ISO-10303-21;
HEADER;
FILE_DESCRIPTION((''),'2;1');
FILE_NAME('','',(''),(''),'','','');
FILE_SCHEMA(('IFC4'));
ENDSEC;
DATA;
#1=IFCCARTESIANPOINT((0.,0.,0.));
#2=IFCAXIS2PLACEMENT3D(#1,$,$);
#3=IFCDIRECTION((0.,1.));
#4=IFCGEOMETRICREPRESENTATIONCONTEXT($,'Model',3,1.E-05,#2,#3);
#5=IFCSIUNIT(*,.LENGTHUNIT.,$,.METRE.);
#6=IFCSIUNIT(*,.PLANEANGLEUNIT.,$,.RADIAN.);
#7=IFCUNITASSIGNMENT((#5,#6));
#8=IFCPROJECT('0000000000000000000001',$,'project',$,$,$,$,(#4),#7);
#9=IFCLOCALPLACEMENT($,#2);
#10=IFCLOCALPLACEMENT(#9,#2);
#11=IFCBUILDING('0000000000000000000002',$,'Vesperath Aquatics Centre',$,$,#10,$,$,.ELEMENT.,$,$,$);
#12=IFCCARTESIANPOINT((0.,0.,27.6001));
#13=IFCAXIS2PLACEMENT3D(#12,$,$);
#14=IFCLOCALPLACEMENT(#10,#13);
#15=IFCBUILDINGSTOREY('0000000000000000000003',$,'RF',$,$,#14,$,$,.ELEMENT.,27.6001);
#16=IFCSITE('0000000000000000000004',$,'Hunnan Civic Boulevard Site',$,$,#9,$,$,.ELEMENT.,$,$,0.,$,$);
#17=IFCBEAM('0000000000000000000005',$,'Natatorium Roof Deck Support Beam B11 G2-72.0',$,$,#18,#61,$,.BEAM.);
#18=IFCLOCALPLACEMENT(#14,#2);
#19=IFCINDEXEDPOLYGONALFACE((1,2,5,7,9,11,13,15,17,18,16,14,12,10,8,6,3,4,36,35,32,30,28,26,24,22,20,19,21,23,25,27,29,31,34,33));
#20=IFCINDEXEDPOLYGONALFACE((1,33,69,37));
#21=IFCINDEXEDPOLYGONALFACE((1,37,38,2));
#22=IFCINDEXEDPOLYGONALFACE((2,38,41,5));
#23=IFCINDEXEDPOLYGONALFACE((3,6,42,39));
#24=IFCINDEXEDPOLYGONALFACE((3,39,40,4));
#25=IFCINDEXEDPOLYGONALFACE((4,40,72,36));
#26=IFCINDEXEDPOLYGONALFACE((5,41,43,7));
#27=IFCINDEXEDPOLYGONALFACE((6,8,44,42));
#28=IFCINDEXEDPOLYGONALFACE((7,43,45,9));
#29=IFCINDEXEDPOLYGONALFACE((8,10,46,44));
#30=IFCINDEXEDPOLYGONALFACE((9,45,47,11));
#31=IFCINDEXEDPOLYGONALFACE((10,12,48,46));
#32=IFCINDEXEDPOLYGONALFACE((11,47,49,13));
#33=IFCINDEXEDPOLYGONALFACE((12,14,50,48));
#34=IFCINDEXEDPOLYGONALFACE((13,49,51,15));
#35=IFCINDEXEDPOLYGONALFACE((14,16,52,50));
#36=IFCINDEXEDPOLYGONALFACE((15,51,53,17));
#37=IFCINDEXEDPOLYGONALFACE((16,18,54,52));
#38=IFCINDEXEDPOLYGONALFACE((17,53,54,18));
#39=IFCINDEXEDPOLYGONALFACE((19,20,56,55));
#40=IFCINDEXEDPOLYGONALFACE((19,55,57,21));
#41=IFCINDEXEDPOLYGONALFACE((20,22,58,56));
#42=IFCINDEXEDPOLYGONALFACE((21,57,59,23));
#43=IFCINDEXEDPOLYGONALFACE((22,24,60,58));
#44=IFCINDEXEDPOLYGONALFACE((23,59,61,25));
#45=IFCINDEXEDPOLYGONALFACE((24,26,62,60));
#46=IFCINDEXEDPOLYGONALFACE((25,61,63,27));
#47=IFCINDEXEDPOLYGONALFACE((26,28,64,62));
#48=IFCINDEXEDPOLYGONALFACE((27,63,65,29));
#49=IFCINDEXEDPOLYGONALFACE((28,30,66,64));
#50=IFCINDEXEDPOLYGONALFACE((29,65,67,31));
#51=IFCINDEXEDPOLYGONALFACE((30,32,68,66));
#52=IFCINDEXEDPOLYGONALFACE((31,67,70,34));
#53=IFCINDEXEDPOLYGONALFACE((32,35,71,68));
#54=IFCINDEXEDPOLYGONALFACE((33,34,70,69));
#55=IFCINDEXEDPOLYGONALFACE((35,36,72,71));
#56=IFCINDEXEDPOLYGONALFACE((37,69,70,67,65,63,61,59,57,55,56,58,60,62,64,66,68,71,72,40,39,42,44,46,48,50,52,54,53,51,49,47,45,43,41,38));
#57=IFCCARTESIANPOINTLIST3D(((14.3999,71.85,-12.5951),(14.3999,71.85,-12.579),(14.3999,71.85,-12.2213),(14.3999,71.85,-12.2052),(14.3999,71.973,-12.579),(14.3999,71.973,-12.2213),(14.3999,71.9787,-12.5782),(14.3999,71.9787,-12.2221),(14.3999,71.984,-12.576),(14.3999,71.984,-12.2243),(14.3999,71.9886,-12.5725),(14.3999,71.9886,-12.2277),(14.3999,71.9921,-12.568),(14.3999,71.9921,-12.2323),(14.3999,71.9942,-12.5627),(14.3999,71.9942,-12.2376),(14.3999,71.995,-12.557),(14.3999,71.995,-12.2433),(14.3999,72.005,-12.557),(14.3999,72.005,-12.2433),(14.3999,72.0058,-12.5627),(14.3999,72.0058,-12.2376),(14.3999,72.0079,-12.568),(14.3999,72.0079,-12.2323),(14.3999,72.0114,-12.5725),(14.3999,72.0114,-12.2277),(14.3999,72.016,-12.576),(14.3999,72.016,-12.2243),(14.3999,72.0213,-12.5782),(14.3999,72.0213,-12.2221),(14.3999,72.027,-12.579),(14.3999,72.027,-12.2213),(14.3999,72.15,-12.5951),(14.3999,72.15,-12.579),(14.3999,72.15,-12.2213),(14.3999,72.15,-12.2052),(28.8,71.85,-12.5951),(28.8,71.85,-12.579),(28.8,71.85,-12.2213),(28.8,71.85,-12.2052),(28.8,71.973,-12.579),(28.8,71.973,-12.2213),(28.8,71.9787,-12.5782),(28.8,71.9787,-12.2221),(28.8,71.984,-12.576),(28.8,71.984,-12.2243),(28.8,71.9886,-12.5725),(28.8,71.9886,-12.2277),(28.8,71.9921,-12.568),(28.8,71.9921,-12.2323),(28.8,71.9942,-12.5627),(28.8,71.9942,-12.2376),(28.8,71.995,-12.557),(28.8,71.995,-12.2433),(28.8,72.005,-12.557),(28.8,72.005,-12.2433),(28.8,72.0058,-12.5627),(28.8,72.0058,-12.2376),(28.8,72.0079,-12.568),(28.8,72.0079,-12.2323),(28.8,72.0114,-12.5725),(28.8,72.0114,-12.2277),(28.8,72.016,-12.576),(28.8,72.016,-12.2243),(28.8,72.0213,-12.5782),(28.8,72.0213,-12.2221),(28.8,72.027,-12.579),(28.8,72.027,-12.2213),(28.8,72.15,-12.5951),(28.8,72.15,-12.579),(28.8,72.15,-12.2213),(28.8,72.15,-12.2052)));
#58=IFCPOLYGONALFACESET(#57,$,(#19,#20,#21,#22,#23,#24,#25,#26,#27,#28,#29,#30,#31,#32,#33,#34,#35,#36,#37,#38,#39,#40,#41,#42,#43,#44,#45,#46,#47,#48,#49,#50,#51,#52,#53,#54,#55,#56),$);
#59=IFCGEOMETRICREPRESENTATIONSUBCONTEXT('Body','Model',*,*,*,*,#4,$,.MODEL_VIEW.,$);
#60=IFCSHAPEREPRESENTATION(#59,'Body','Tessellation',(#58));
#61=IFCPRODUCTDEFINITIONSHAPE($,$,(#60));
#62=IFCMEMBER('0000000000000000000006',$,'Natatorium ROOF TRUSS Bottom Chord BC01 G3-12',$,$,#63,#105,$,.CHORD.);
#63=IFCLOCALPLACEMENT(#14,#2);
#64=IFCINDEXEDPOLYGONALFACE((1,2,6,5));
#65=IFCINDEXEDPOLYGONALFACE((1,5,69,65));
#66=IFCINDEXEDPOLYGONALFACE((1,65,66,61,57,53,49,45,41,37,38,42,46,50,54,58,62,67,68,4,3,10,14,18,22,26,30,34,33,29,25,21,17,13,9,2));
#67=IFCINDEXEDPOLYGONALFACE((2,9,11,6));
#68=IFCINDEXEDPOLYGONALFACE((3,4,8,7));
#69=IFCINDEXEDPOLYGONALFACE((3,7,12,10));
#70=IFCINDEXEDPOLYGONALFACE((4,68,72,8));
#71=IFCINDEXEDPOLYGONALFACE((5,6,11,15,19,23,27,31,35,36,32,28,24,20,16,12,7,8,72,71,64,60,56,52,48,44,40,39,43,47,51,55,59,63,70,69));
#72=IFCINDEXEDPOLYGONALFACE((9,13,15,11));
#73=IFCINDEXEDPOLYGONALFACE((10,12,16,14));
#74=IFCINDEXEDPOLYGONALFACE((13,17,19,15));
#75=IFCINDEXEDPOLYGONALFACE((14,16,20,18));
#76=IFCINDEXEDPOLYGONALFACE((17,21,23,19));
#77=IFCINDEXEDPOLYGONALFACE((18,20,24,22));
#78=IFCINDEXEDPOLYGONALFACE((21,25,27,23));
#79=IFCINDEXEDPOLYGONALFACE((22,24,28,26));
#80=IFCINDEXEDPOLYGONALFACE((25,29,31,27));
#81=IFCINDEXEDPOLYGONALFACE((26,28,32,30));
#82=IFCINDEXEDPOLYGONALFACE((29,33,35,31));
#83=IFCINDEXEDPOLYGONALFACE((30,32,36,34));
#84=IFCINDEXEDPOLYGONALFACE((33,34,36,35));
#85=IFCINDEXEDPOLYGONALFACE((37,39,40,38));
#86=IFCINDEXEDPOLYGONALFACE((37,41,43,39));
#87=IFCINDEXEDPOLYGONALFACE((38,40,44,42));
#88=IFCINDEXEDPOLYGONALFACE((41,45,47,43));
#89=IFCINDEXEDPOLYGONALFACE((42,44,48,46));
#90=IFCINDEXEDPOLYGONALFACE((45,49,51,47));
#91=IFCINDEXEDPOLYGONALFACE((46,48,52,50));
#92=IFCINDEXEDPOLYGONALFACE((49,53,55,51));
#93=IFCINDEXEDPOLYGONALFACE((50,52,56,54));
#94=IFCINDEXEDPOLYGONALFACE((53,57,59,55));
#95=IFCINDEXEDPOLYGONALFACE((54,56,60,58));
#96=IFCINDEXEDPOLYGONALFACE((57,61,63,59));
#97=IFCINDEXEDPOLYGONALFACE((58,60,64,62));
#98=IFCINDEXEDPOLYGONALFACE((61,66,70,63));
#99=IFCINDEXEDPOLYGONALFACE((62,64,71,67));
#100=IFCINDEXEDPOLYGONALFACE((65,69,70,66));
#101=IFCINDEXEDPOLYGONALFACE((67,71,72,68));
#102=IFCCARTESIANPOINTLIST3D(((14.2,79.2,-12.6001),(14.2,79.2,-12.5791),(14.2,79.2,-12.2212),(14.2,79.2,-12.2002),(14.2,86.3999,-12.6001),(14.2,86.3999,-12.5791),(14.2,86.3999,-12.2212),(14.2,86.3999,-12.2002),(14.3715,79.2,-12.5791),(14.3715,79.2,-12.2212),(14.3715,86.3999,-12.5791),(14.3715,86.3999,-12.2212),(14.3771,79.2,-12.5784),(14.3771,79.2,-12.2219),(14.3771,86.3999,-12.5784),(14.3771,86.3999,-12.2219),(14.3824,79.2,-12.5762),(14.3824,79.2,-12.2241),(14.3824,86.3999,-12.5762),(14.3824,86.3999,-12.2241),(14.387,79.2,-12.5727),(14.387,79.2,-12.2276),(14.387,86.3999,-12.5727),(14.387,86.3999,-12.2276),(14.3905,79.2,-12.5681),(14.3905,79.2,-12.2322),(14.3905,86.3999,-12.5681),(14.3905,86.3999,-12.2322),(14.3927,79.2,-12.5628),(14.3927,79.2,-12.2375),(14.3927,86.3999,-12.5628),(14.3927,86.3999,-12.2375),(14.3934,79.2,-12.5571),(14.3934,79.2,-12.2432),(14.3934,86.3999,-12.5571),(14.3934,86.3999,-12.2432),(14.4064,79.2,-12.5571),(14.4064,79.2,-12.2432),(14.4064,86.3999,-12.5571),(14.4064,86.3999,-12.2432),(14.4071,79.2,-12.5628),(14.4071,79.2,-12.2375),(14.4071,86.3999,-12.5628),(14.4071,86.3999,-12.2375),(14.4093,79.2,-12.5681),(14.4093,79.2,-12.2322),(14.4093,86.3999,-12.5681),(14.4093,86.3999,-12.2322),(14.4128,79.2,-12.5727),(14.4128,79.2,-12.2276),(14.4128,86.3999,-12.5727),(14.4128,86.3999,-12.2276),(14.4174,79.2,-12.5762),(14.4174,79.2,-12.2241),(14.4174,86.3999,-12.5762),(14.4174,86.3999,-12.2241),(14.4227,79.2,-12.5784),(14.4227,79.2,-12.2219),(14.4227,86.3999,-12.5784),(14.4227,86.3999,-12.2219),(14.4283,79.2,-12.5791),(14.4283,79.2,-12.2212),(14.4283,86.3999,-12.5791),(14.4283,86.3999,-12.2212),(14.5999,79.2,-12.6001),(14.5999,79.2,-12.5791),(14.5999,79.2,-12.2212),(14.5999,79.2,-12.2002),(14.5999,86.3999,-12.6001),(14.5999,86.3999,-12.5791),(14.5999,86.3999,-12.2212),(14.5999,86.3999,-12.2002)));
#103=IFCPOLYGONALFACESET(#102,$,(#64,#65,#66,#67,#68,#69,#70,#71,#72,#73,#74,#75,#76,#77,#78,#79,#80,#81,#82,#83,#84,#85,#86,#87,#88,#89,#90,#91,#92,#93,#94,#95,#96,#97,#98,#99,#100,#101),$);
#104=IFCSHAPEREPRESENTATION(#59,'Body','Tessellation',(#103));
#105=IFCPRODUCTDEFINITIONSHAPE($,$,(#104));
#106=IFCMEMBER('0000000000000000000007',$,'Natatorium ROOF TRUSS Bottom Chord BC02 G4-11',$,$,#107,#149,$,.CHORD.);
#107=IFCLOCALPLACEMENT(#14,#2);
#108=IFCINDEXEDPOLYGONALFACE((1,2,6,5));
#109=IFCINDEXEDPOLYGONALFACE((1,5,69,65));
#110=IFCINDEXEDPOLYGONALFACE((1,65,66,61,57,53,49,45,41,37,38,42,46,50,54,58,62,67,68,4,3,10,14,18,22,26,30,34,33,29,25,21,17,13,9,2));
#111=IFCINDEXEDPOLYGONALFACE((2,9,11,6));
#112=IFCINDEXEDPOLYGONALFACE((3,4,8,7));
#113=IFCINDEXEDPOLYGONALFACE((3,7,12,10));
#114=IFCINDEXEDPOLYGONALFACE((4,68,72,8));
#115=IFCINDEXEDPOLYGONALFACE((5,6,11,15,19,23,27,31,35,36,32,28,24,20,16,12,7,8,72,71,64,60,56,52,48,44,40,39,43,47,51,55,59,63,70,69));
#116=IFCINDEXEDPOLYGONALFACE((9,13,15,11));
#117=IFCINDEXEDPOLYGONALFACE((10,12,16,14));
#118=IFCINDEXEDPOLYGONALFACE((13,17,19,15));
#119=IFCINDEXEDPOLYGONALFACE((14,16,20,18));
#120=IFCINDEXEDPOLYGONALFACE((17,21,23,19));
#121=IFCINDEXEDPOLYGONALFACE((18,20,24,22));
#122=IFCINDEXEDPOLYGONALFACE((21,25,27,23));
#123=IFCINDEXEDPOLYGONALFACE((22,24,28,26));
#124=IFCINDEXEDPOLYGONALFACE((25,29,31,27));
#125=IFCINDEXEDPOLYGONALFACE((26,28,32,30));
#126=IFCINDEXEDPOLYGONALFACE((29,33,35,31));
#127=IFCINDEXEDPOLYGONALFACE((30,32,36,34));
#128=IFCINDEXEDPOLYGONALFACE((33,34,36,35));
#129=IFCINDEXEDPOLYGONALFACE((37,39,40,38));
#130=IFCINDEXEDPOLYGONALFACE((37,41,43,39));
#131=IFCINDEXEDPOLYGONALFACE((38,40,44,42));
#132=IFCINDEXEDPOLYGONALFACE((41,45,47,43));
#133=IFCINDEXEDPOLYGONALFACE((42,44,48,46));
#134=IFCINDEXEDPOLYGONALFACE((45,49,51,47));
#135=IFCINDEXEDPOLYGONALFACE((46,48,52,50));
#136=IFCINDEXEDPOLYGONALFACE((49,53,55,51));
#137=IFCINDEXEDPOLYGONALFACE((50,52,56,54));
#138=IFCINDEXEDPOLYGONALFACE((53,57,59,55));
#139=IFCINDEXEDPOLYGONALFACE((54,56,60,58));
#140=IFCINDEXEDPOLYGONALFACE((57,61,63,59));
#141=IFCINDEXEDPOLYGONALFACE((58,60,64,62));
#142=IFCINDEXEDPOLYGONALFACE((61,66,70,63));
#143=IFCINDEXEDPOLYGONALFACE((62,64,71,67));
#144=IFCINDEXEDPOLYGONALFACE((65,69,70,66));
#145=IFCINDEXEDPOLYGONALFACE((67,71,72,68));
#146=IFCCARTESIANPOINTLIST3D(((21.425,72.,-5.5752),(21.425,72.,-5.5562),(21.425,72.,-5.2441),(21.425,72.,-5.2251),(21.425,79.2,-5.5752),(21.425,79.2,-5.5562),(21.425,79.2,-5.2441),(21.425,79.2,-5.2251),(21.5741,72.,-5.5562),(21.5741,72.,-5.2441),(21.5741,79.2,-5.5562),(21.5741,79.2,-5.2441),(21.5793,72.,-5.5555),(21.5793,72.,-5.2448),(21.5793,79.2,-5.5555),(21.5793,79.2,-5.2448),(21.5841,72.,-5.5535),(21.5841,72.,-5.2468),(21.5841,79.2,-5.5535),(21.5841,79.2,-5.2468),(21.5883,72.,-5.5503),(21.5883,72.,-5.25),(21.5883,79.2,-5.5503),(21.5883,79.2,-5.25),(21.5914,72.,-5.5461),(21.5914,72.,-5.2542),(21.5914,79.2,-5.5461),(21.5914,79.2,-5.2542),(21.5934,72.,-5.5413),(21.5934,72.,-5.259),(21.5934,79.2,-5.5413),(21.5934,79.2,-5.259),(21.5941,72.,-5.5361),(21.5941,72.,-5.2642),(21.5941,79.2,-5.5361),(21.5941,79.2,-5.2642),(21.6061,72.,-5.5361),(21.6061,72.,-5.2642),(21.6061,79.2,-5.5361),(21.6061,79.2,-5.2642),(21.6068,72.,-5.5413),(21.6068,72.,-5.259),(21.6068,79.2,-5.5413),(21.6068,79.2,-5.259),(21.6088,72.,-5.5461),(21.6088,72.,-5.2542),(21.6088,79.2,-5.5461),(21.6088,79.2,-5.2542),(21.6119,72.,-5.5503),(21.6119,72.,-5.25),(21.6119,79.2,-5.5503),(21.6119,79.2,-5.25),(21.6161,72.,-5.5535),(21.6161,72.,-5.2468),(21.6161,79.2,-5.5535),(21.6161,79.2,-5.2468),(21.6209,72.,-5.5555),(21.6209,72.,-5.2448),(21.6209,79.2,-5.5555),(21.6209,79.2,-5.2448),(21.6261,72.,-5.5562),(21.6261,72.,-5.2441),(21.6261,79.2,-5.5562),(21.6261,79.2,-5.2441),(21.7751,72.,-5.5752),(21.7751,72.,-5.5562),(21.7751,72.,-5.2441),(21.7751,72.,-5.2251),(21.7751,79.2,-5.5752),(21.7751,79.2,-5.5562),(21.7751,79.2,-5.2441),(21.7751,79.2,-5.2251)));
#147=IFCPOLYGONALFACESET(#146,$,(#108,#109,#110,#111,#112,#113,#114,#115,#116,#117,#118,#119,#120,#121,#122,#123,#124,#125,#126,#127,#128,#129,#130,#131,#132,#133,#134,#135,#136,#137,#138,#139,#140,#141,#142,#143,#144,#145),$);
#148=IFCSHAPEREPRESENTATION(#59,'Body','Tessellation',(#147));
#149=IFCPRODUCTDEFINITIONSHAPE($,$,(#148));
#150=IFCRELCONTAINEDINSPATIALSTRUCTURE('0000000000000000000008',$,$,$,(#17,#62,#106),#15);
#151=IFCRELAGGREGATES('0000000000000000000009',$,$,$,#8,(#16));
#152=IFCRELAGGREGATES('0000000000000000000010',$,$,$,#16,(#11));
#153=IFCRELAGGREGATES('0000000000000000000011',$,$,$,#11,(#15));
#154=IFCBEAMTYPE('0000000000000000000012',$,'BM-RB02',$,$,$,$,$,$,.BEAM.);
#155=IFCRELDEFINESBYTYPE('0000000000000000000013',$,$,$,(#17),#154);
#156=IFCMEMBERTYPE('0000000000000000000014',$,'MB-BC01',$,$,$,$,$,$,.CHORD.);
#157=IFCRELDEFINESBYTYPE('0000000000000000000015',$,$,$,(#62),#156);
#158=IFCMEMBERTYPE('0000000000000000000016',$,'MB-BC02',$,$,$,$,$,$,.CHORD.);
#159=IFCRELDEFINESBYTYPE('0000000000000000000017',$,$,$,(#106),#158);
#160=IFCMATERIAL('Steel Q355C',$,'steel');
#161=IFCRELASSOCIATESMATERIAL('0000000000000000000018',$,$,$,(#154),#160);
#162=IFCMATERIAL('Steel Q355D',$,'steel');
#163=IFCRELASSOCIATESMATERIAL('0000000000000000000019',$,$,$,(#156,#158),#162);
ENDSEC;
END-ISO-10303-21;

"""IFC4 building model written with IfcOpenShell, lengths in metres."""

from ifc_helpers import new_model, si_unit, direction, frame, origin, origin_2d, place, context, subcontext, project, spatial, i_section, extrude, material, material_profile, profile_set, type_object, element, save


model = new_model("IFC4")

# Units and contexts
model_context = context("Model", 3, precision=1e-05, world=origin(), true_north=direction((0.0, 1.0)))
body_context = subcontext(model_context, "Body", "Model", "MODEL_VIEW")
ifc_project = project(units=[si_unit("LENGTHUNIT", "METRE"), si_unit("PLANEANGLEUNIT", "RADIAN")], contexts=[model_context])

# Site, building, storey
site_placement = place(None, origin())
site = spatial("IfcSite", under=ifc_project, at=site_placement, Name="Hunnan Civic Boulevard Site", CompositionType="ELEMENT", RefElevation=0.0)
building_placement = place(site_placement, origin())
building = spatial("IfcBuilding", under=site, at=building_placement, Name="Vesperath Aquatics Centre", CompositionType="ELEMENT")
storey_placement = place(building_placement, frame((0.0, 0.0, 27.6001)))
storey = spatial("IfcBuildingStorey", under=building, at=storey_placement, Name="RF", CompositionType="ELEMENT", Elevation=27.6001)

# Beam
ifc_material_1 = material(Name="Steel Q355C", Category="steel")
ifc_material_profile_1 = material_profile(ifc_material_1, i_section(OverallWidth=0.3, OverallDepth=0.3899, WebThickness=0.01, FlangeThickness=0.0161, FilletRadius=0.022, at=origin_2d()), Name="HM 390x300x10x16")
ifc_profile_set_1 = profile_set([ifc_material_profile_1], Name="Steel Q355C")
beam_type = type_object("IfcBeamType", Name="BM-RB02", PredefinedType="BEAM", material=ifc_profile_set_1)
beam_placement = place(storey_placement, frame((14.3999, 72.0, -12.4001), z_axis=(1.0, 0.0, 0.0), x_axis=(0.0, 1.0, 0.0)))
element("IfcBeam", 1, at=beam_placement, inside=storey, type_object=beam_type, Name="Natatorium Roof Deck Support Beam B11 G2-72.0", PredefinedType="BEAM", context=body_context, shape_type="SweptSolid", body=[
    extrude(i_section(OverallWidth=0.3, OverallDepth=0.3899, WebThickness=0.01, FlangeThickness=0.0161, FilletRadius=0.022, at=origin_2d()), origin(), (0.0, 0.0, 1.0), 14.4001),
])

# Members
ifc_material_2 = material(Name="Steel Q355D", Category="steel")
ifc_material_profile_2 = material_profile(ifc_material_2, i_section(OverallWidth=0.3999, OverallDepth=0.3999, WebThickness=0.0129, FlangeThickness=0.021, FilletRadius=0.022, at=origin_2d()), Name="HW 400x400x13x21")
ifc_profile_set_2 = profile_set([ifc_material_profile_2], Name="Steel Q355D")
member_type_1 = type_object("IfcMemberType", Name="MB-BC01", PredefinedType="CHORD", material=ifc_profile_set_2)
member_1_placement = place(storey_placement, frame((14.3999, 79.2, -12.4001), z_axis=(0.0, 1.0, 0.0), x_axis=(-1.0, 0.0, 0.0)))
element("IfcMember", 2, at=member_1_placement, inside=storey, type_object=member_type_1, Name="Natatorium ROOF TRUSS Bottom Chord BC01 G3-12", PredefinedType="CHORD", context=body_context, shape_type="SweptSolid", body=[
    extrude(i_section(OverallWidth=0.3999, OverallDepth=0.3999, WebThickness=0.0129, FlangeThickness=0.021, FilletRadius=0.022, at=origin_2d()), origin(), (0.0, 0.0, 1.0), 7.2),
])
ifc_material_profile_3 = material_profile(ifc_material_2, i_section(OverallWidth=0.3501, OverallDepth=0.3501, WebThickness=0.012, FlangeThickness=0.019, FilletRadius=0.02, at=origin_2d()), Name="HW 350x350x12x19")
ifc_profile_set_3 = profile_set([ifc_material_profile_3], Name="Steel Q355D")
member_type_2 = type_object("IfcMemberType", Name="MB-BC02", PredefinedType="CHORD", material=ifc_profile_set_3)
member_2_placement = place(storey_placement, frame((21.6001, 72.0, -5.4001), z_axis=(0.0, 1.0, 0.0), x_axis=(-1.0, 0.0, 0.0)))
element("IfcMember", 3, at=member_2_placement, inside=storey, type_object=member_type_2, Name="Natatorium ROOF TRUSS Bottom Chord BC02 G4-11", PredefinedType="CHORD", context=body_context, shape_type="SweptSolid", body=[
    extrude(i_section(OverallWidth=0.3501, OverallDepth=0.3501, WebThickness=0.012, FlangeThickness=0.019, FilletRadius=0.02, at=origin_2d()), origin(), (0.0, 0.0, 1.0), 7.2),
])

save(model, "model.ifc")
